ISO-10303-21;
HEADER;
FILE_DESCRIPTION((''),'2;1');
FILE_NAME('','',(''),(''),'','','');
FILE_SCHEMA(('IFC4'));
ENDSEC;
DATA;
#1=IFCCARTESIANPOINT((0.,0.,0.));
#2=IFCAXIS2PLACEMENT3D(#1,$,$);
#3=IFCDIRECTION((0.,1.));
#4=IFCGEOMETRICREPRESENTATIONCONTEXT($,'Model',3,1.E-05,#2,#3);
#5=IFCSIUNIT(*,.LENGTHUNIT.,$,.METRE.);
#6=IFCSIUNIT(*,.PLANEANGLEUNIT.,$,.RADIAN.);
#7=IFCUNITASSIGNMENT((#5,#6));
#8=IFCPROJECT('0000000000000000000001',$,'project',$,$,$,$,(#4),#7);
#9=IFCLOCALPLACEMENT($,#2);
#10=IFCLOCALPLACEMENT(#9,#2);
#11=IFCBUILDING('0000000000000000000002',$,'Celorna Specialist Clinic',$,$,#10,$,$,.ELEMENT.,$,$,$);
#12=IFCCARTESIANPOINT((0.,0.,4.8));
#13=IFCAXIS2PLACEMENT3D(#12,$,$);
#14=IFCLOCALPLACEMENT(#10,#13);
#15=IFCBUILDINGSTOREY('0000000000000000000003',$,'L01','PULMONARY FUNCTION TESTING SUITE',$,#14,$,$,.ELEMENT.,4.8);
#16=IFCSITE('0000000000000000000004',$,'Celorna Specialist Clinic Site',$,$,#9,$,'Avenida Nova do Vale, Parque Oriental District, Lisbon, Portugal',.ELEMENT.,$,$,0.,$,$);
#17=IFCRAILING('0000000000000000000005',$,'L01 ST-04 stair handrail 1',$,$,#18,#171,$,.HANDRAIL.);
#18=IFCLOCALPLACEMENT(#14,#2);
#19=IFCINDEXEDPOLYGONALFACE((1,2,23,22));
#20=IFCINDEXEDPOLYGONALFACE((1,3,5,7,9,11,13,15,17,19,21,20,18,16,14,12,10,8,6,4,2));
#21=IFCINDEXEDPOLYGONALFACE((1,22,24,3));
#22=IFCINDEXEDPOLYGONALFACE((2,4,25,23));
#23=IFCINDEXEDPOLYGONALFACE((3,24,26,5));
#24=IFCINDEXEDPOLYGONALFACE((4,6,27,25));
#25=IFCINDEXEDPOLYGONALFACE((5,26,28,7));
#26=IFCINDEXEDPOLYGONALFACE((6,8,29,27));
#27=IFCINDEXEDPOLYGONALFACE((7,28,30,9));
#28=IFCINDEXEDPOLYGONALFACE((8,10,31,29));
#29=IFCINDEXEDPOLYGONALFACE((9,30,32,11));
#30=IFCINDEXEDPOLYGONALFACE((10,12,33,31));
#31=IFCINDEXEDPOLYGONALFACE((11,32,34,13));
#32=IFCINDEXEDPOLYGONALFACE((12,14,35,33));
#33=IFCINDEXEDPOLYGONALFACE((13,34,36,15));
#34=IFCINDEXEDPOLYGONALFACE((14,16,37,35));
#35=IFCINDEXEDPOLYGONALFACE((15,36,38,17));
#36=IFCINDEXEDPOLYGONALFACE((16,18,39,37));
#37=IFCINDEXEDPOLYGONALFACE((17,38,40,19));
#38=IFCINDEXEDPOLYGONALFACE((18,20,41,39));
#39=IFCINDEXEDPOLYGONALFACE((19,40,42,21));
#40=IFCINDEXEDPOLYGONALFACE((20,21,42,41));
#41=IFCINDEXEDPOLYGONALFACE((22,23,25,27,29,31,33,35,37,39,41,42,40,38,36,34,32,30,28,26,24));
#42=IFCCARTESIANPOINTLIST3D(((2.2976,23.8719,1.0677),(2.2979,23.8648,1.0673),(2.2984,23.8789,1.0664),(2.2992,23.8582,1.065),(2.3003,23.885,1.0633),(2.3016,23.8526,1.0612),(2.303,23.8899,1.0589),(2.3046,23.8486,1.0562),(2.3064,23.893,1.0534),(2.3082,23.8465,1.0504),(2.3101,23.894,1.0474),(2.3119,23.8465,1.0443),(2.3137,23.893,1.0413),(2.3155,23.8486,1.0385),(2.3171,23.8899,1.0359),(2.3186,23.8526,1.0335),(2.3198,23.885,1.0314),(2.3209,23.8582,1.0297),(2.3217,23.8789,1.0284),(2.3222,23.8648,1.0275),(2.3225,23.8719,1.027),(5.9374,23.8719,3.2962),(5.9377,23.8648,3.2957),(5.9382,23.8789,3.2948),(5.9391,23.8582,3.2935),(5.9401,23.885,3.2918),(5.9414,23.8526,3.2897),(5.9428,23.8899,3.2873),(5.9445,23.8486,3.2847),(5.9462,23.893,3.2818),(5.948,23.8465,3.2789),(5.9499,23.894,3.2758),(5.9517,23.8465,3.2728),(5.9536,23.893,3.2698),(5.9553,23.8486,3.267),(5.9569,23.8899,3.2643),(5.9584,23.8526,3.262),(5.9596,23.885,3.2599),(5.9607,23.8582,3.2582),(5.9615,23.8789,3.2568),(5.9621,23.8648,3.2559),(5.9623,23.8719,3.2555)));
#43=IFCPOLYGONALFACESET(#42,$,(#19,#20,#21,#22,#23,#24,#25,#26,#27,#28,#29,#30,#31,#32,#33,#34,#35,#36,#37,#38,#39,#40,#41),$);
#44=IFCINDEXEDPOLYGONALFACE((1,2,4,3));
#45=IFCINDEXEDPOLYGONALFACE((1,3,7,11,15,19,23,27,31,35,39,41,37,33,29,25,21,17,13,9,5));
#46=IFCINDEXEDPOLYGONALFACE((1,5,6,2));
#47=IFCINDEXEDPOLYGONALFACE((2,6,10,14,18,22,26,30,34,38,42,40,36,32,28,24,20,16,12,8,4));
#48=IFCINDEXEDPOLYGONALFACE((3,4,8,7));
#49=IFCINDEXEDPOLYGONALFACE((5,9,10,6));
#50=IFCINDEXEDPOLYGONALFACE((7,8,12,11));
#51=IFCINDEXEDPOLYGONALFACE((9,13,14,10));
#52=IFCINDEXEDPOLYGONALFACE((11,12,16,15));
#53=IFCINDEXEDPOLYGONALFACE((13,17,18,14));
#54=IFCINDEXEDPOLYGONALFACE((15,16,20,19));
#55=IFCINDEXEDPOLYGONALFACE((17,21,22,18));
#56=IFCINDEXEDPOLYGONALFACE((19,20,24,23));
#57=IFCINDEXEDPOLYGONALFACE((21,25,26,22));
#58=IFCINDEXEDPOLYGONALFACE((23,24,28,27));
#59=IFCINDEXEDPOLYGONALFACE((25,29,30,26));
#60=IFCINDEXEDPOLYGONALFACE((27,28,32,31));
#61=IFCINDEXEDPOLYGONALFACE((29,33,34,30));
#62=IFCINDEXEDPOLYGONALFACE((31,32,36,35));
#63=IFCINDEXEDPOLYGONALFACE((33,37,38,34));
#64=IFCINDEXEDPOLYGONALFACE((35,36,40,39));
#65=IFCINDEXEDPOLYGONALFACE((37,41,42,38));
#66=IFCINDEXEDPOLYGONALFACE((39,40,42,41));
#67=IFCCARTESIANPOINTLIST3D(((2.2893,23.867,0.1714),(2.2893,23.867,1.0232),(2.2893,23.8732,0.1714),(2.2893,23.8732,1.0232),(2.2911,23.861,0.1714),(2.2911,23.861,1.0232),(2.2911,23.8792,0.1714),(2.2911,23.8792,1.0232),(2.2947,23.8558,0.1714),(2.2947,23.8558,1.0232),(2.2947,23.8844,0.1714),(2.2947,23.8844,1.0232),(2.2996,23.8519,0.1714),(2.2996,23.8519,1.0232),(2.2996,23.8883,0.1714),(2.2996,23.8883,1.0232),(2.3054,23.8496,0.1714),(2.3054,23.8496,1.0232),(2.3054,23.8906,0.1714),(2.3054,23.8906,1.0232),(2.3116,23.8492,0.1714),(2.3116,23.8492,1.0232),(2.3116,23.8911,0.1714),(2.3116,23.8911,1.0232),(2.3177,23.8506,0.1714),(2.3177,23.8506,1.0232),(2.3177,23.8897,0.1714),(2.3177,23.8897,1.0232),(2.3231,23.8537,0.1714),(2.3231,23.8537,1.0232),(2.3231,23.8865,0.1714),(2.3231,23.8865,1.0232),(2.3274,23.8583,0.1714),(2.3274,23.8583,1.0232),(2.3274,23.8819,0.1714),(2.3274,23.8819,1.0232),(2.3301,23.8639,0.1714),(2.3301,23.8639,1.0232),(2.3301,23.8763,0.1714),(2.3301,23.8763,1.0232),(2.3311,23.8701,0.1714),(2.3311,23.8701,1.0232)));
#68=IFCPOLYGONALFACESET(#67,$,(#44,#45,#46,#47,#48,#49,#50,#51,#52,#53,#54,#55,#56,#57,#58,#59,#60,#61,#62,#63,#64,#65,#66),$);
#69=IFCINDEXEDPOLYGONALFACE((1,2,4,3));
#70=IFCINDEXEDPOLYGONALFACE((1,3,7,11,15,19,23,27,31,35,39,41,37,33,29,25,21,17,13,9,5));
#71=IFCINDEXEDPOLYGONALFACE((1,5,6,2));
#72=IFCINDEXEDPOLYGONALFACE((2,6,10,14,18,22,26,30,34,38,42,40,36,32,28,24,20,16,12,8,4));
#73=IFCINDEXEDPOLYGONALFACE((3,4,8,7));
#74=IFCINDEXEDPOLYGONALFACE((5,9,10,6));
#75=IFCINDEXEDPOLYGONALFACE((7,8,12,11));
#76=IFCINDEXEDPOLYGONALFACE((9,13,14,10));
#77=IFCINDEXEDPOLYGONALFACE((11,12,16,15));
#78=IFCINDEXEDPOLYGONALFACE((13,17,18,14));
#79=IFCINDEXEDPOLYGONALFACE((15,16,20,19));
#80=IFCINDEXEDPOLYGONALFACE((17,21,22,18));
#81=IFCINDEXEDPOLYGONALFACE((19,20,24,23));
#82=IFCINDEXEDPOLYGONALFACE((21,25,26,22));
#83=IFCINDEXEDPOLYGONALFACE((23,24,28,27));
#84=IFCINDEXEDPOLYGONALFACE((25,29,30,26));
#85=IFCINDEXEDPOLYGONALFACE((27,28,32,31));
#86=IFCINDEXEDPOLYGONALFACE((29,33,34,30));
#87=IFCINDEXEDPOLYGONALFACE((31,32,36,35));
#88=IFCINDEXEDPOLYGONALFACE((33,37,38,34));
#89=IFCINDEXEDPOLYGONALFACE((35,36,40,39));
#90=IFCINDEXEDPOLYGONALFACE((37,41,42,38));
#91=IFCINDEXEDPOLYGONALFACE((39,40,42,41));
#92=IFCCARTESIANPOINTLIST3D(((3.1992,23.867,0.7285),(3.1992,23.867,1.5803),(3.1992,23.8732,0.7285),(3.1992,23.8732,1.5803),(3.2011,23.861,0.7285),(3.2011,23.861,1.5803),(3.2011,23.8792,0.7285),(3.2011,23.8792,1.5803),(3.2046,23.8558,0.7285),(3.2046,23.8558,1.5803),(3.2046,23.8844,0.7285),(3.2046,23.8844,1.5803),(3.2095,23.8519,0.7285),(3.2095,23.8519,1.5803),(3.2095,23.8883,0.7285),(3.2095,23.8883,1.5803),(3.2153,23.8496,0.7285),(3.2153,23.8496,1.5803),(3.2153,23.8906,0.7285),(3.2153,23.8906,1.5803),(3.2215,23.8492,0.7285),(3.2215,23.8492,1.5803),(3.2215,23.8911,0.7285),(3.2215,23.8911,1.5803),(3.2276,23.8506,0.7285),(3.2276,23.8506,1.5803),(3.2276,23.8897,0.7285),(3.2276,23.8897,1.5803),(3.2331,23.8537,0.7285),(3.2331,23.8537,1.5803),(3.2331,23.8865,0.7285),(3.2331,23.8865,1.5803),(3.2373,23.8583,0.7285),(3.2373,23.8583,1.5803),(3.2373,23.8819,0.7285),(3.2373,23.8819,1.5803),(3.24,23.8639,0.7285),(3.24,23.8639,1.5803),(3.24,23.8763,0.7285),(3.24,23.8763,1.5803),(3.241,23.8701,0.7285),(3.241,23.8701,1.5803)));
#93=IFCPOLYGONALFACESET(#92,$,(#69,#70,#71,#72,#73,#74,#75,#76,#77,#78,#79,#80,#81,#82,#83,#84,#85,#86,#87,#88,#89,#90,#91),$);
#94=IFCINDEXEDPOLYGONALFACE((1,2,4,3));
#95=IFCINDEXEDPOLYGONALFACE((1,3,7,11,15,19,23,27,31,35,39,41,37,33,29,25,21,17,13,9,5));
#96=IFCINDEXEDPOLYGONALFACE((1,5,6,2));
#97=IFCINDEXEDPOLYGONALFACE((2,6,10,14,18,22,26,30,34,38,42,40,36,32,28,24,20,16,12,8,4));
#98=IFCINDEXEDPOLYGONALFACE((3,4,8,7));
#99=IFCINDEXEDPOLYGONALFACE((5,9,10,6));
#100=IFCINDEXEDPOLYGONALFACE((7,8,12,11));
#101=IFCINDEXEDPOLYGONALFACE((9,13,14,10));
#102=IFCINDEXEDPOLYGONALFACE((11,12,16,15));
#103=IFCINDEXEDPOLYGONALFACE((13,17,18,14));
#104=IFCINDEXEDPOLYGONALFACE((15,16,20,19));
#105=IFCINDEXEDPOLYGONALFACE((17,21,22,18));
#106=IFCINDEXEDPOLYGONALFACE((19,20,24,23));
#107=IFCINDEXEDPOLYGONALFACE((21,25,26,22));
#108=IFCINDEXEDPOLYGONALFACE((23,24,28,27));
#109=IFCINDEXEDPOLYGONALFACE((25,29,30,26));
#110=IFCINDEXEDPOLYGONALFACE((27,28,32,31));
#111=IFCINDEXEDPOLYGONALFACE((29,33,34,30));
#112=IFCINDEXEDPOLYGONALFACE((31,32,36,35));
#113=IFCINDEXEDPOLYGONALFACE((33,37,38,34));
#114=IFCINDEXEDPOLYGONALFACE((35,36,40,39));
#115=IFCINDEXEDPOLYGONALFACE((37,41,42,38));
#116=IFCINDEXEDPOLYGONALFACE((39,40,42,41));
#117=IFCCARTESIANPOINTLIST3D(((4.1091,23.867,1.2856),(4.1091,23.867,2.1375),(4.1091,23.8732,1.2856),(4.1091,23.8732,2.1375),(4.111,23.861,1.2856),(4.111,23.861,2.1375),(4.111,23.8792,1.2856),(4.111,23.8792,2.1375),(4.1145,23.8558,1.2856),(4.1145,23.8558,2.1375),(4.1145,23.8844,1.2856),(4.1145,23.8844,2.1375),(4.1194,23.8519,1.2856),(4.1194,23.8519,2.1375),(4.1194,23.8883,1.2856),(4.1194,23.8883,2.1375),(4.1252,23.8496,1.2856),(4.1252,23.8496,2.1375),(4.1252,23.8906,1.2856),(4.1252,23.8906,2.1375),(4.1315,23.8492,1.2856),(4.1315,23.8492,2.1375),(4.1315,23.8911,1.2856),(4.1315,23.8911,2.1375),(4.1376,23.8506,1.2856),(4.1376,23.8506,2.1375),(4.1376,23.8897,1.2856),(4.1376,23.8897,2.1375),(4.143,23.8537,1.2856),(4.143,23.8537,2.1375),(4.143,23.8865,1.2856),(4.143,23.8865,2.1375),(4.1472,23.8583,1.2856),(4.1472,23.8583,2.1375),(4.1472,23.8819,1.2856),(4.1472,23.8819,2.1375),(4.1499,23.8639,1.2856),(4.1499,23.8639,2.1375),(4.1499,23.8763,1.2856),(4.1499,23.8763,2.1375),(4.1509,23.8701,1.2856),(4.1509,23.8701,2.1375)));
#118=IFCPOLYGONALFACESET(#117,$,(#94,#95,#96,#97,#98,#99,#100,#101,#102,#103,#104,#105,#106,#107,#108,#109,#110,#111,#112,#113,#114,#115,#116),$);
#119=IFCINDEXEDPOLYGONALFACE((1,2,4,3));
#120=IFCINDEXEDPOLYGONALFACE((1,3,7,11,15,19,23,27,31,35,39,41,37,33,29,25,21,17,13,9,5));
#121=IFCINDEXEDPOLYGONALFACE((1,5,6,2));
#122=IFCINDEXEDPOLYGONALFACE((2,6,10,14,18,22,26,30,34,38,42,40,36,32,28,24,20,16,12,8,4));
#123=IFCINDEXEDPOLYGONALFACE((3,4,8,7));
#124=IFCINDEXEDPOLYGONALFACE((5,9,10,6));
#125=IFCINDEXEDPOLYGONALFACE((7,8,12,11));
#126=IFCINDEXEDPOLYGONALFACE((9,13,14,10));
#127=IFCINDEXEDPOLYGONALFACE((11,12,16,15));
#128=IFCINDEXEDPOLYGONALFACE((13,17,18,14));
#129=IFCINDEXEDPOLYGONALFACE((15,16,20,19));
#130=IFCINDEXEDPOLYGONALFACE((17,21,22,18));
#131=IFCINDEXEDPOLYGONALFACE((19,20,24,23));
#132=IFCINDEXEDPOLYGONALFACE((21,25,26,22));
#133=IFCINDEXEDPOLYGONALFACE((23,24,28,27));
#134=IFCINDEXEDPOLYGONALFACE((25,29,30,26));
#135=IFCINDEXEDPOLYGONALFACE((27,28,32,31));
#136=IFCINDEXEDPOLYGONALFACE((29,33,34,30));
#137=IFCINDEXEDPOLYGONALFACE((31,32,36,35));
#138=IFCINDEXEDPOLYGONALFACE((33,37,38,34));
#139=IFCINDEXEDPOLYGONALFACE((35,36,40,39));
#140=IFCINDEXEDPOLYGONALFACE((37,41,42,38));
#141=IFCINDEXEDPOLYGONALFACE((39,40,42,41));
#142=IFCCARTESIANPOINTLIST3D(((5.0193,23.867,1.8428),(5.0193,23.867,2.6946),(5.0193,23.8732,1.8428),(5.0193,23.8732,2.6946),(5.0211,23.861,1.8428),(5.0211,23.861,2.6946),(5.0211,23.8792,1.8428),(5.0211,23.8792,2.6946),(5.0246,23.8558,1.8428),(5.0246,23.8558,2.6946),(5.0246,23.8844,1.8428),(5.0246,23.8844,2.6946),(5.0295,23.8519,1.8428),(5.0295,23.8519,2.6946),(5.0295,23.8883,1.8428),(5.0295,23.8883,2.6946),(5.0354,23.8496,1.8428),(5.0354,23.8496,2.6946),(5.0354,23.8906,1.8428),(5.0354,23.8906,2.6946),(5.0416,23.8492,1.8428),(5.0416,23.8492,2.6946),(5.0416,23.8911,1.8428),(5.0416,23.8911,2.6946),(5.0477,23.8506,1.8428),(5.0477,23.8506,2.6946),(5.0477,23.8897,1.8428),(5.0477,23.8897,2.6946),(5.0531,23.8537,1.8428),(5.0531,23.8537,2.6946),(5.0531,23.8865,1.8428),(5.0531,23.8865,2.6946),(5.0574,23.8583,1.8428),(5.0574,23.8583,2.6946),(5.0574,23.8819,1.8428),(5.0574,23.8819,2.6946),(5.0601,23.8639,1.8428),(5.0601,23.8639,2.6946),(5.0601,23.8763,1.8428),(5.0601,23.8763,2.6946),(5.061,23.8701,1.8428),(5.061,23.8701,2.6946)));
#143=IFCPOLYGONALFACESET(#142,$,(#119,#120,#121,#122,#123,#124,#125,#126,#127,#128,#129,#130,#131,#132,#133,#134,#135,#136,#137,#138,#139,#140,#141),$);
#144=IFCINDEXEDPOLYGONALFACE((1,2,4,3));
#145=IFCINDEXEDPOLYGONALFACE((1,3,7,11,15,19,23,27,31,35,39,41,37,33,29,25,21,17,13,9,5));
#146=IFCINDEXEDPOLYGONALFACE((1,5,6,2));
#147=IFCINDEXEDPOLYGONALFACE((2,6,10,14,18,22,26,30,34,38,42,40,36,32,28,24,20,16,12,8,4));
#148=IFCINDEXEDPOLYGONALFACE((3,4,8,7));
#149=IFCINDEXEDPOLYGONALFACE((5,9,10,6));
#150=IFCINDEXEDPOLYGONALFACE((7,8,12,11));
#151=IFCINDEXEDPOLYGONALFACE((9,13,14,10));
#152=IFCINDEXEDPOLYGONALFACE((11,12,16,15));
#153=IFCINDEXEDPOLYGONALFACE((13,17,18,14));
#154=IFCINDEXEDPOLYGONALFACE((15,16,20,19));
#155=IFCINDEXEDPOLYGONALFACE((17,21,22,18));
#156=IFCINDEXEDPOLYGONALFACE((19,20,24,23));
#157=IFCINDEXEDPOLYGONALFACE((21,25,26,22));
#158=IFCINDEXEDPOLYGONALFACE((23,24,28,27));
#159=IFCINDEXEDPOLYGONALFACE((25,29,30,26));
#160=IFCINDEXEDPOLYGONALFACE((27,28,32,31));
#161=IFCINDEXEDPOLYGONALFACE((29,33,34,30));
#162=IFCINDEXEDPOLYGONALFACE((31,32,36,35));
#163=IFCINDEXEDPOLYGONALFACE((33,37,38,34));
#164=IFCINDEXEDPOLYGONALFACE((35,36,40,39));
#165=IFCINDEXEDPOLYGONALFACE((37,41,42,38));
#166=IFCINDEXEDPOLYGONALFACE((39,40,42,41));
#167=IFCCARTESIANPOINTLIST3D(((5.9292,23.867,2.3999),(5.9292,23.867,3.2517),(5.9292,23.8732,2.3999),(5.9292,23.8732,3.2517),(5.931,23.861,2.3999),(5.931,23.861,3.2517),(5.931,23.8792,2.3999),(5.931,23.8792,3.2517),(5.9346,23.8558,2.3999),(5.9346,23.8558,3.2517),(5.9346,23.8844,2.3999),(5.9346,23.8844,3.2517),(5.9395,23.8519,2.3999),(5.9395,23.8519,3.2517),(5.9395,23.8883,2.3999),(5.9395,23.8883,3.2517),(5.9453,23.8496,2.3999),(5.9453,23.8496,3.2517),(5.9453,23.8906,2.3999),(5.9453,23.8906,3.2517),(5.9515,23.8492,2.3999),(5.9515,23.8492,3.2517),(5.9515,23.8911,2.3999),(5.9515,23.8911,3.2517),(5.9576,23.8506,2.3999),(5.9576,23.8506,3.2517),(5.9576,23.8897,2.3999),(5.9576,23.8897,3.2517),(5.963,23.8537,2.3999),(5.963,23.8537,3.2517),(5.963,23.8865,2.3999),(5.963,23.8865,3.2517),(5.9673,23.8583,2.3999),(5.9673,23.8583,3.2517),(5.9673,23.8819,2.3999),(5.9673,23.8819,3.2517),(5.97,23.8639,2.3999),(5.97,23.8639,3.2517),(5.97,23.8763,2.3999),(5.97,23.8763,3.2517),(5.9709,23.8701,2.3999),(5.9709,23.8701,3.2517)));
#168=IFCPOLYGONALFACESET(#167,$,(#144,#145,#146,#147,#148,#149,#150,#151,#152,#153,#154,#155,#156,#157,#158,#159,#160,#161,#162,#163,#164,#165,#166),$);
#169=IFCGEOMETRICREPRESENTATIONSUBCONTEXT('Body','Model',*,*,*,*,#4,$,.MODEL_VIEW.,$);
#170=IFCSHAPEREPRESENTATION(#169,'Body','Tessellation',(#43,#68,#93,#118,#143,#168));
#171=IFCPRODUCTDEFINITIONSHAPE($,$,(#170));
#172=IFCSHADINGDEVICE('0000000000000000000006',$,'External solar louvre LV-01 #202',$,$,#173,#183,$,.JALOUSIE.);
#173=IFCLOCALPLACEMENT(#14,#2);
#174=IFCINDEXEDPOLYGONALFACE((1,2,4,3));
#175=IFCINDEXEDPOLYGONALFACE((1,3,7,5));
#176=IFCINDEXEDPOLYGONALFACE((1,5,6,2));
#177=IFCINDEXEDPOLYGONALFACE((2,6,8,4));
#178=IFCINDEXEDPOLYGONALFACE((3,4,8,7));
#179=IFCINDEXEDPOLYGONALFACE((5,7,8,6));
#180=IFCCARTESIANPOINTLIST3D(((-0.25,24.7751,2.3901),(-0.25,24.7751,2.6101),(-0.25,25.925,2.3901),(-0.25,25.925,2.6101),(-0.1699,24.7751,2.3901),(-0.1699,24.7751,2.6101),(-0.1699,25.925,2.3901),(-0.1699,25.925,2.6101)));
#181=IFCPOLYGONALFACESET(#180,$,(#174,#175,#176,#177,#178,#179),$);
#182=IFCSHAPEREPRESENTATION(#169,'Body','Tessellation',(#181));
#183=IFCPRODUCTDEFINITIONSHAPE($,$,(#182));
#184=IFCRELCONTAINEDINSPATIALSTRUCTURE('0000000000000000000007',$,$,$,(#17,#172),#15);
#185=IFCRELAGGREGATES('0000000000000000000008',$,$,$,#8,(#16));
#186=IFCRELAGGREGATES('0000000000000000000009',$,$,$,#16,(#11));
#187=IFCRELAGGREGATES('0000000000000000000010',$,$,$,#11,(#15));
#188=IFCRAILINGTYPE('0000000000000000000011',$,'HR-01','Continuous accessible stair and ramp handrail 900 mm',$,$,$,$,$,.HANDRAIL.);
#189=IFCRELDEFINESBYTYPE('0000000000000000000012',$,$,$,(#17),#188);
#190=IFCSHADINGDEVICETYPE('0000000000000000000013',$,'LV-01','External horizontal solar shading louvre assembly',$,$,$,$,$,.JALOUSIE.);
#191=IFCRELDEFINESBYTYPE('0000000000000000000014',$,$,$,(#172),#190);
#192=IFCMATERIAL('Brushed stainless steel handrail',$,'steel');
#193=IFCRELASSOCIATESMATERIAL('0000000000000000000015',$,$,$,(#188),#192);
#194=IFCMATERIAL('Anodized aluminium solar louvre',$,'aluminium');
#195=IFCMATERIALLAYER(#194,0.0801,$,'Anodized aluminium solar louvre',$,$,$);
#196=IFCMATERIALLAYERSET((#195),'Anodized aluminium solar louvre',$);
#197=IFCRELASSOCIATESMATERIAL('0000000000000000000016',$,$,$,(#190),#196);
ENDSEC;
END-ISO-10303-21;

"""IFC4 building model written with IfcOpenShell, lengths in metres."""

from ifc_helpers import new_model, si_unit, direction, frame, origin, origin_2d, place, context, subcontext, project, spatial, rectangle, circle, extrude, material, layer, layer_set, type_object, element, save


model = new_model("IFC4")

# Units and contexts
model_context = context("Model", 3, precision=1e-05, world=origin(), true_north=direction((0.0, 1.0)))
body_context = subcontext(model_context, "Body", "Model", "MODEL_VIEW")
ifc_project = project(units=[si_unit("LENGTHUNIT", "METRE"), si_unit("PLANEANGLEUNIT", "RADIAN")], contexts=[model_context])

# Site, building, storey
site_placement = place(None, origin())
site = spatial("IfcSite", under=ifc_project, at=site_placement, Name="Celorna Specialist Clinic Site", LongName="Avenida Nova do Vale, Parque Oriental District, Lisbon, Portugal", CompositionType="ELEMENT", RefElevation=0.0)
building_placement = place(site_placement, origin())
building = spatial("IfcBuilding", under=site, at=building_placement, Name="Celorna Specialist Clinic", CompositionType="ELEMENT")
storey_placement = place(building_placement, frame((0.0, 0.0, 4.8)))
storey = spatial("IfcBuildingStorey", under=building, at=storey_placement, Name="L01", Description="PULMONARY FUNCTION TESTING SUITE", CompositionType="ELEMENT", Elevation=4.8)

# Railing
ifc_material_1 = material(Name="Brushed stainless steel handrail", Category="steel")
railing_type_1 = type_object("IfcRailingType", Name="HR-01", Description="Continuous accessible stair and ramp handrail 900 mm", PredefinedType="HANDRAIL", material=ifc_material_1)
railing_1_placement = place(storey_placement, frame((2.3101, 23.8701, 0.1714)))
element("IfcRailing", 1, at=railing_1_placement, inside=storey, type_object=railing_type_1, Name="L01 ST-04 stair handrail 1", PredefinedType="HANDRAIL", context=body_context, shape_type="SweptSolid", body=[
    extrude(circle(Radius=0.0239, at=origin_2d()), frame((0.0, 0.0, 0.876), z_axis=(0.85285, 0.0, 0.522156), x_axis=(0.0, 1.0, 0.0)), (0.0, 0.0, 1.0), 4.2678),
    extrude(circle(Radius=0.021, at=origin_2d()), origin(), (0.0, 0.0, 1.0), 0.8518),
    extrude(circle(Radius=0.021, at=origin_2d()), frame((0.9099, 0.0, 0.5571)), (0.0, 0.0, 1.0), 0.8518),
    extrude(circle(Radius=0.021, at=origin_2d()), frame((1.8198, 0.0, 1.1143)), (0.0, 0.0, 1.0), 0.8518),
    extrude(circle(Radius=0.021, at=origin_2d()), frame((2.73, 0.0, 1.6714)), (0.0, 0.0, 1.0), 0.8518),
    extrude(circle(Radius=0.021, at=origin_2d()), frame((3.6399, 0.0, 2.2285)), (0.0, 0.0, 1.0), 0.8518),
])

# Shading device
ifc_material_2 = material(Name="Anodized aluminium solar louvre", Category="aluminium")
ifc_layer_1 = layer(ifc_material_2, 0.0801, Name="Anodized aluminium solar louvre")
ifc_layer_set_1 = layer_set([ifc_layer_1], Name="Anodized aluminium solar louvre")
shading_device_type = type_object("IfcShadingDeviceType", Name="LV-01", Description="External horizontal solar shading louvre assembly", PredefinedType="JALOUSIE", material=ifc_layer_set_1)
shading_device_placement = place(storey_placement, frame((-0.21, 25.3501, 2.3901), z_axis=(0.0, 0.0, 1.0), x_axis=(0.0, 1.0, 0.0)))
element("IfcShadingDevice", 2, at=shading_device_placement, inside=storey, type_object=shading_device_type, Name="External solar louvre LV-01 #202", PredefinedType="JALOUSIE", context=body_context, shape_type="SweptSolid", body=[
    extrude(rectangle(XDim=1.1499, YDim=0.0801, at=origin_2d()), origin(), (0.0, 0.0, 1.0), 0.22),
])

save(model, "model.ifc")
